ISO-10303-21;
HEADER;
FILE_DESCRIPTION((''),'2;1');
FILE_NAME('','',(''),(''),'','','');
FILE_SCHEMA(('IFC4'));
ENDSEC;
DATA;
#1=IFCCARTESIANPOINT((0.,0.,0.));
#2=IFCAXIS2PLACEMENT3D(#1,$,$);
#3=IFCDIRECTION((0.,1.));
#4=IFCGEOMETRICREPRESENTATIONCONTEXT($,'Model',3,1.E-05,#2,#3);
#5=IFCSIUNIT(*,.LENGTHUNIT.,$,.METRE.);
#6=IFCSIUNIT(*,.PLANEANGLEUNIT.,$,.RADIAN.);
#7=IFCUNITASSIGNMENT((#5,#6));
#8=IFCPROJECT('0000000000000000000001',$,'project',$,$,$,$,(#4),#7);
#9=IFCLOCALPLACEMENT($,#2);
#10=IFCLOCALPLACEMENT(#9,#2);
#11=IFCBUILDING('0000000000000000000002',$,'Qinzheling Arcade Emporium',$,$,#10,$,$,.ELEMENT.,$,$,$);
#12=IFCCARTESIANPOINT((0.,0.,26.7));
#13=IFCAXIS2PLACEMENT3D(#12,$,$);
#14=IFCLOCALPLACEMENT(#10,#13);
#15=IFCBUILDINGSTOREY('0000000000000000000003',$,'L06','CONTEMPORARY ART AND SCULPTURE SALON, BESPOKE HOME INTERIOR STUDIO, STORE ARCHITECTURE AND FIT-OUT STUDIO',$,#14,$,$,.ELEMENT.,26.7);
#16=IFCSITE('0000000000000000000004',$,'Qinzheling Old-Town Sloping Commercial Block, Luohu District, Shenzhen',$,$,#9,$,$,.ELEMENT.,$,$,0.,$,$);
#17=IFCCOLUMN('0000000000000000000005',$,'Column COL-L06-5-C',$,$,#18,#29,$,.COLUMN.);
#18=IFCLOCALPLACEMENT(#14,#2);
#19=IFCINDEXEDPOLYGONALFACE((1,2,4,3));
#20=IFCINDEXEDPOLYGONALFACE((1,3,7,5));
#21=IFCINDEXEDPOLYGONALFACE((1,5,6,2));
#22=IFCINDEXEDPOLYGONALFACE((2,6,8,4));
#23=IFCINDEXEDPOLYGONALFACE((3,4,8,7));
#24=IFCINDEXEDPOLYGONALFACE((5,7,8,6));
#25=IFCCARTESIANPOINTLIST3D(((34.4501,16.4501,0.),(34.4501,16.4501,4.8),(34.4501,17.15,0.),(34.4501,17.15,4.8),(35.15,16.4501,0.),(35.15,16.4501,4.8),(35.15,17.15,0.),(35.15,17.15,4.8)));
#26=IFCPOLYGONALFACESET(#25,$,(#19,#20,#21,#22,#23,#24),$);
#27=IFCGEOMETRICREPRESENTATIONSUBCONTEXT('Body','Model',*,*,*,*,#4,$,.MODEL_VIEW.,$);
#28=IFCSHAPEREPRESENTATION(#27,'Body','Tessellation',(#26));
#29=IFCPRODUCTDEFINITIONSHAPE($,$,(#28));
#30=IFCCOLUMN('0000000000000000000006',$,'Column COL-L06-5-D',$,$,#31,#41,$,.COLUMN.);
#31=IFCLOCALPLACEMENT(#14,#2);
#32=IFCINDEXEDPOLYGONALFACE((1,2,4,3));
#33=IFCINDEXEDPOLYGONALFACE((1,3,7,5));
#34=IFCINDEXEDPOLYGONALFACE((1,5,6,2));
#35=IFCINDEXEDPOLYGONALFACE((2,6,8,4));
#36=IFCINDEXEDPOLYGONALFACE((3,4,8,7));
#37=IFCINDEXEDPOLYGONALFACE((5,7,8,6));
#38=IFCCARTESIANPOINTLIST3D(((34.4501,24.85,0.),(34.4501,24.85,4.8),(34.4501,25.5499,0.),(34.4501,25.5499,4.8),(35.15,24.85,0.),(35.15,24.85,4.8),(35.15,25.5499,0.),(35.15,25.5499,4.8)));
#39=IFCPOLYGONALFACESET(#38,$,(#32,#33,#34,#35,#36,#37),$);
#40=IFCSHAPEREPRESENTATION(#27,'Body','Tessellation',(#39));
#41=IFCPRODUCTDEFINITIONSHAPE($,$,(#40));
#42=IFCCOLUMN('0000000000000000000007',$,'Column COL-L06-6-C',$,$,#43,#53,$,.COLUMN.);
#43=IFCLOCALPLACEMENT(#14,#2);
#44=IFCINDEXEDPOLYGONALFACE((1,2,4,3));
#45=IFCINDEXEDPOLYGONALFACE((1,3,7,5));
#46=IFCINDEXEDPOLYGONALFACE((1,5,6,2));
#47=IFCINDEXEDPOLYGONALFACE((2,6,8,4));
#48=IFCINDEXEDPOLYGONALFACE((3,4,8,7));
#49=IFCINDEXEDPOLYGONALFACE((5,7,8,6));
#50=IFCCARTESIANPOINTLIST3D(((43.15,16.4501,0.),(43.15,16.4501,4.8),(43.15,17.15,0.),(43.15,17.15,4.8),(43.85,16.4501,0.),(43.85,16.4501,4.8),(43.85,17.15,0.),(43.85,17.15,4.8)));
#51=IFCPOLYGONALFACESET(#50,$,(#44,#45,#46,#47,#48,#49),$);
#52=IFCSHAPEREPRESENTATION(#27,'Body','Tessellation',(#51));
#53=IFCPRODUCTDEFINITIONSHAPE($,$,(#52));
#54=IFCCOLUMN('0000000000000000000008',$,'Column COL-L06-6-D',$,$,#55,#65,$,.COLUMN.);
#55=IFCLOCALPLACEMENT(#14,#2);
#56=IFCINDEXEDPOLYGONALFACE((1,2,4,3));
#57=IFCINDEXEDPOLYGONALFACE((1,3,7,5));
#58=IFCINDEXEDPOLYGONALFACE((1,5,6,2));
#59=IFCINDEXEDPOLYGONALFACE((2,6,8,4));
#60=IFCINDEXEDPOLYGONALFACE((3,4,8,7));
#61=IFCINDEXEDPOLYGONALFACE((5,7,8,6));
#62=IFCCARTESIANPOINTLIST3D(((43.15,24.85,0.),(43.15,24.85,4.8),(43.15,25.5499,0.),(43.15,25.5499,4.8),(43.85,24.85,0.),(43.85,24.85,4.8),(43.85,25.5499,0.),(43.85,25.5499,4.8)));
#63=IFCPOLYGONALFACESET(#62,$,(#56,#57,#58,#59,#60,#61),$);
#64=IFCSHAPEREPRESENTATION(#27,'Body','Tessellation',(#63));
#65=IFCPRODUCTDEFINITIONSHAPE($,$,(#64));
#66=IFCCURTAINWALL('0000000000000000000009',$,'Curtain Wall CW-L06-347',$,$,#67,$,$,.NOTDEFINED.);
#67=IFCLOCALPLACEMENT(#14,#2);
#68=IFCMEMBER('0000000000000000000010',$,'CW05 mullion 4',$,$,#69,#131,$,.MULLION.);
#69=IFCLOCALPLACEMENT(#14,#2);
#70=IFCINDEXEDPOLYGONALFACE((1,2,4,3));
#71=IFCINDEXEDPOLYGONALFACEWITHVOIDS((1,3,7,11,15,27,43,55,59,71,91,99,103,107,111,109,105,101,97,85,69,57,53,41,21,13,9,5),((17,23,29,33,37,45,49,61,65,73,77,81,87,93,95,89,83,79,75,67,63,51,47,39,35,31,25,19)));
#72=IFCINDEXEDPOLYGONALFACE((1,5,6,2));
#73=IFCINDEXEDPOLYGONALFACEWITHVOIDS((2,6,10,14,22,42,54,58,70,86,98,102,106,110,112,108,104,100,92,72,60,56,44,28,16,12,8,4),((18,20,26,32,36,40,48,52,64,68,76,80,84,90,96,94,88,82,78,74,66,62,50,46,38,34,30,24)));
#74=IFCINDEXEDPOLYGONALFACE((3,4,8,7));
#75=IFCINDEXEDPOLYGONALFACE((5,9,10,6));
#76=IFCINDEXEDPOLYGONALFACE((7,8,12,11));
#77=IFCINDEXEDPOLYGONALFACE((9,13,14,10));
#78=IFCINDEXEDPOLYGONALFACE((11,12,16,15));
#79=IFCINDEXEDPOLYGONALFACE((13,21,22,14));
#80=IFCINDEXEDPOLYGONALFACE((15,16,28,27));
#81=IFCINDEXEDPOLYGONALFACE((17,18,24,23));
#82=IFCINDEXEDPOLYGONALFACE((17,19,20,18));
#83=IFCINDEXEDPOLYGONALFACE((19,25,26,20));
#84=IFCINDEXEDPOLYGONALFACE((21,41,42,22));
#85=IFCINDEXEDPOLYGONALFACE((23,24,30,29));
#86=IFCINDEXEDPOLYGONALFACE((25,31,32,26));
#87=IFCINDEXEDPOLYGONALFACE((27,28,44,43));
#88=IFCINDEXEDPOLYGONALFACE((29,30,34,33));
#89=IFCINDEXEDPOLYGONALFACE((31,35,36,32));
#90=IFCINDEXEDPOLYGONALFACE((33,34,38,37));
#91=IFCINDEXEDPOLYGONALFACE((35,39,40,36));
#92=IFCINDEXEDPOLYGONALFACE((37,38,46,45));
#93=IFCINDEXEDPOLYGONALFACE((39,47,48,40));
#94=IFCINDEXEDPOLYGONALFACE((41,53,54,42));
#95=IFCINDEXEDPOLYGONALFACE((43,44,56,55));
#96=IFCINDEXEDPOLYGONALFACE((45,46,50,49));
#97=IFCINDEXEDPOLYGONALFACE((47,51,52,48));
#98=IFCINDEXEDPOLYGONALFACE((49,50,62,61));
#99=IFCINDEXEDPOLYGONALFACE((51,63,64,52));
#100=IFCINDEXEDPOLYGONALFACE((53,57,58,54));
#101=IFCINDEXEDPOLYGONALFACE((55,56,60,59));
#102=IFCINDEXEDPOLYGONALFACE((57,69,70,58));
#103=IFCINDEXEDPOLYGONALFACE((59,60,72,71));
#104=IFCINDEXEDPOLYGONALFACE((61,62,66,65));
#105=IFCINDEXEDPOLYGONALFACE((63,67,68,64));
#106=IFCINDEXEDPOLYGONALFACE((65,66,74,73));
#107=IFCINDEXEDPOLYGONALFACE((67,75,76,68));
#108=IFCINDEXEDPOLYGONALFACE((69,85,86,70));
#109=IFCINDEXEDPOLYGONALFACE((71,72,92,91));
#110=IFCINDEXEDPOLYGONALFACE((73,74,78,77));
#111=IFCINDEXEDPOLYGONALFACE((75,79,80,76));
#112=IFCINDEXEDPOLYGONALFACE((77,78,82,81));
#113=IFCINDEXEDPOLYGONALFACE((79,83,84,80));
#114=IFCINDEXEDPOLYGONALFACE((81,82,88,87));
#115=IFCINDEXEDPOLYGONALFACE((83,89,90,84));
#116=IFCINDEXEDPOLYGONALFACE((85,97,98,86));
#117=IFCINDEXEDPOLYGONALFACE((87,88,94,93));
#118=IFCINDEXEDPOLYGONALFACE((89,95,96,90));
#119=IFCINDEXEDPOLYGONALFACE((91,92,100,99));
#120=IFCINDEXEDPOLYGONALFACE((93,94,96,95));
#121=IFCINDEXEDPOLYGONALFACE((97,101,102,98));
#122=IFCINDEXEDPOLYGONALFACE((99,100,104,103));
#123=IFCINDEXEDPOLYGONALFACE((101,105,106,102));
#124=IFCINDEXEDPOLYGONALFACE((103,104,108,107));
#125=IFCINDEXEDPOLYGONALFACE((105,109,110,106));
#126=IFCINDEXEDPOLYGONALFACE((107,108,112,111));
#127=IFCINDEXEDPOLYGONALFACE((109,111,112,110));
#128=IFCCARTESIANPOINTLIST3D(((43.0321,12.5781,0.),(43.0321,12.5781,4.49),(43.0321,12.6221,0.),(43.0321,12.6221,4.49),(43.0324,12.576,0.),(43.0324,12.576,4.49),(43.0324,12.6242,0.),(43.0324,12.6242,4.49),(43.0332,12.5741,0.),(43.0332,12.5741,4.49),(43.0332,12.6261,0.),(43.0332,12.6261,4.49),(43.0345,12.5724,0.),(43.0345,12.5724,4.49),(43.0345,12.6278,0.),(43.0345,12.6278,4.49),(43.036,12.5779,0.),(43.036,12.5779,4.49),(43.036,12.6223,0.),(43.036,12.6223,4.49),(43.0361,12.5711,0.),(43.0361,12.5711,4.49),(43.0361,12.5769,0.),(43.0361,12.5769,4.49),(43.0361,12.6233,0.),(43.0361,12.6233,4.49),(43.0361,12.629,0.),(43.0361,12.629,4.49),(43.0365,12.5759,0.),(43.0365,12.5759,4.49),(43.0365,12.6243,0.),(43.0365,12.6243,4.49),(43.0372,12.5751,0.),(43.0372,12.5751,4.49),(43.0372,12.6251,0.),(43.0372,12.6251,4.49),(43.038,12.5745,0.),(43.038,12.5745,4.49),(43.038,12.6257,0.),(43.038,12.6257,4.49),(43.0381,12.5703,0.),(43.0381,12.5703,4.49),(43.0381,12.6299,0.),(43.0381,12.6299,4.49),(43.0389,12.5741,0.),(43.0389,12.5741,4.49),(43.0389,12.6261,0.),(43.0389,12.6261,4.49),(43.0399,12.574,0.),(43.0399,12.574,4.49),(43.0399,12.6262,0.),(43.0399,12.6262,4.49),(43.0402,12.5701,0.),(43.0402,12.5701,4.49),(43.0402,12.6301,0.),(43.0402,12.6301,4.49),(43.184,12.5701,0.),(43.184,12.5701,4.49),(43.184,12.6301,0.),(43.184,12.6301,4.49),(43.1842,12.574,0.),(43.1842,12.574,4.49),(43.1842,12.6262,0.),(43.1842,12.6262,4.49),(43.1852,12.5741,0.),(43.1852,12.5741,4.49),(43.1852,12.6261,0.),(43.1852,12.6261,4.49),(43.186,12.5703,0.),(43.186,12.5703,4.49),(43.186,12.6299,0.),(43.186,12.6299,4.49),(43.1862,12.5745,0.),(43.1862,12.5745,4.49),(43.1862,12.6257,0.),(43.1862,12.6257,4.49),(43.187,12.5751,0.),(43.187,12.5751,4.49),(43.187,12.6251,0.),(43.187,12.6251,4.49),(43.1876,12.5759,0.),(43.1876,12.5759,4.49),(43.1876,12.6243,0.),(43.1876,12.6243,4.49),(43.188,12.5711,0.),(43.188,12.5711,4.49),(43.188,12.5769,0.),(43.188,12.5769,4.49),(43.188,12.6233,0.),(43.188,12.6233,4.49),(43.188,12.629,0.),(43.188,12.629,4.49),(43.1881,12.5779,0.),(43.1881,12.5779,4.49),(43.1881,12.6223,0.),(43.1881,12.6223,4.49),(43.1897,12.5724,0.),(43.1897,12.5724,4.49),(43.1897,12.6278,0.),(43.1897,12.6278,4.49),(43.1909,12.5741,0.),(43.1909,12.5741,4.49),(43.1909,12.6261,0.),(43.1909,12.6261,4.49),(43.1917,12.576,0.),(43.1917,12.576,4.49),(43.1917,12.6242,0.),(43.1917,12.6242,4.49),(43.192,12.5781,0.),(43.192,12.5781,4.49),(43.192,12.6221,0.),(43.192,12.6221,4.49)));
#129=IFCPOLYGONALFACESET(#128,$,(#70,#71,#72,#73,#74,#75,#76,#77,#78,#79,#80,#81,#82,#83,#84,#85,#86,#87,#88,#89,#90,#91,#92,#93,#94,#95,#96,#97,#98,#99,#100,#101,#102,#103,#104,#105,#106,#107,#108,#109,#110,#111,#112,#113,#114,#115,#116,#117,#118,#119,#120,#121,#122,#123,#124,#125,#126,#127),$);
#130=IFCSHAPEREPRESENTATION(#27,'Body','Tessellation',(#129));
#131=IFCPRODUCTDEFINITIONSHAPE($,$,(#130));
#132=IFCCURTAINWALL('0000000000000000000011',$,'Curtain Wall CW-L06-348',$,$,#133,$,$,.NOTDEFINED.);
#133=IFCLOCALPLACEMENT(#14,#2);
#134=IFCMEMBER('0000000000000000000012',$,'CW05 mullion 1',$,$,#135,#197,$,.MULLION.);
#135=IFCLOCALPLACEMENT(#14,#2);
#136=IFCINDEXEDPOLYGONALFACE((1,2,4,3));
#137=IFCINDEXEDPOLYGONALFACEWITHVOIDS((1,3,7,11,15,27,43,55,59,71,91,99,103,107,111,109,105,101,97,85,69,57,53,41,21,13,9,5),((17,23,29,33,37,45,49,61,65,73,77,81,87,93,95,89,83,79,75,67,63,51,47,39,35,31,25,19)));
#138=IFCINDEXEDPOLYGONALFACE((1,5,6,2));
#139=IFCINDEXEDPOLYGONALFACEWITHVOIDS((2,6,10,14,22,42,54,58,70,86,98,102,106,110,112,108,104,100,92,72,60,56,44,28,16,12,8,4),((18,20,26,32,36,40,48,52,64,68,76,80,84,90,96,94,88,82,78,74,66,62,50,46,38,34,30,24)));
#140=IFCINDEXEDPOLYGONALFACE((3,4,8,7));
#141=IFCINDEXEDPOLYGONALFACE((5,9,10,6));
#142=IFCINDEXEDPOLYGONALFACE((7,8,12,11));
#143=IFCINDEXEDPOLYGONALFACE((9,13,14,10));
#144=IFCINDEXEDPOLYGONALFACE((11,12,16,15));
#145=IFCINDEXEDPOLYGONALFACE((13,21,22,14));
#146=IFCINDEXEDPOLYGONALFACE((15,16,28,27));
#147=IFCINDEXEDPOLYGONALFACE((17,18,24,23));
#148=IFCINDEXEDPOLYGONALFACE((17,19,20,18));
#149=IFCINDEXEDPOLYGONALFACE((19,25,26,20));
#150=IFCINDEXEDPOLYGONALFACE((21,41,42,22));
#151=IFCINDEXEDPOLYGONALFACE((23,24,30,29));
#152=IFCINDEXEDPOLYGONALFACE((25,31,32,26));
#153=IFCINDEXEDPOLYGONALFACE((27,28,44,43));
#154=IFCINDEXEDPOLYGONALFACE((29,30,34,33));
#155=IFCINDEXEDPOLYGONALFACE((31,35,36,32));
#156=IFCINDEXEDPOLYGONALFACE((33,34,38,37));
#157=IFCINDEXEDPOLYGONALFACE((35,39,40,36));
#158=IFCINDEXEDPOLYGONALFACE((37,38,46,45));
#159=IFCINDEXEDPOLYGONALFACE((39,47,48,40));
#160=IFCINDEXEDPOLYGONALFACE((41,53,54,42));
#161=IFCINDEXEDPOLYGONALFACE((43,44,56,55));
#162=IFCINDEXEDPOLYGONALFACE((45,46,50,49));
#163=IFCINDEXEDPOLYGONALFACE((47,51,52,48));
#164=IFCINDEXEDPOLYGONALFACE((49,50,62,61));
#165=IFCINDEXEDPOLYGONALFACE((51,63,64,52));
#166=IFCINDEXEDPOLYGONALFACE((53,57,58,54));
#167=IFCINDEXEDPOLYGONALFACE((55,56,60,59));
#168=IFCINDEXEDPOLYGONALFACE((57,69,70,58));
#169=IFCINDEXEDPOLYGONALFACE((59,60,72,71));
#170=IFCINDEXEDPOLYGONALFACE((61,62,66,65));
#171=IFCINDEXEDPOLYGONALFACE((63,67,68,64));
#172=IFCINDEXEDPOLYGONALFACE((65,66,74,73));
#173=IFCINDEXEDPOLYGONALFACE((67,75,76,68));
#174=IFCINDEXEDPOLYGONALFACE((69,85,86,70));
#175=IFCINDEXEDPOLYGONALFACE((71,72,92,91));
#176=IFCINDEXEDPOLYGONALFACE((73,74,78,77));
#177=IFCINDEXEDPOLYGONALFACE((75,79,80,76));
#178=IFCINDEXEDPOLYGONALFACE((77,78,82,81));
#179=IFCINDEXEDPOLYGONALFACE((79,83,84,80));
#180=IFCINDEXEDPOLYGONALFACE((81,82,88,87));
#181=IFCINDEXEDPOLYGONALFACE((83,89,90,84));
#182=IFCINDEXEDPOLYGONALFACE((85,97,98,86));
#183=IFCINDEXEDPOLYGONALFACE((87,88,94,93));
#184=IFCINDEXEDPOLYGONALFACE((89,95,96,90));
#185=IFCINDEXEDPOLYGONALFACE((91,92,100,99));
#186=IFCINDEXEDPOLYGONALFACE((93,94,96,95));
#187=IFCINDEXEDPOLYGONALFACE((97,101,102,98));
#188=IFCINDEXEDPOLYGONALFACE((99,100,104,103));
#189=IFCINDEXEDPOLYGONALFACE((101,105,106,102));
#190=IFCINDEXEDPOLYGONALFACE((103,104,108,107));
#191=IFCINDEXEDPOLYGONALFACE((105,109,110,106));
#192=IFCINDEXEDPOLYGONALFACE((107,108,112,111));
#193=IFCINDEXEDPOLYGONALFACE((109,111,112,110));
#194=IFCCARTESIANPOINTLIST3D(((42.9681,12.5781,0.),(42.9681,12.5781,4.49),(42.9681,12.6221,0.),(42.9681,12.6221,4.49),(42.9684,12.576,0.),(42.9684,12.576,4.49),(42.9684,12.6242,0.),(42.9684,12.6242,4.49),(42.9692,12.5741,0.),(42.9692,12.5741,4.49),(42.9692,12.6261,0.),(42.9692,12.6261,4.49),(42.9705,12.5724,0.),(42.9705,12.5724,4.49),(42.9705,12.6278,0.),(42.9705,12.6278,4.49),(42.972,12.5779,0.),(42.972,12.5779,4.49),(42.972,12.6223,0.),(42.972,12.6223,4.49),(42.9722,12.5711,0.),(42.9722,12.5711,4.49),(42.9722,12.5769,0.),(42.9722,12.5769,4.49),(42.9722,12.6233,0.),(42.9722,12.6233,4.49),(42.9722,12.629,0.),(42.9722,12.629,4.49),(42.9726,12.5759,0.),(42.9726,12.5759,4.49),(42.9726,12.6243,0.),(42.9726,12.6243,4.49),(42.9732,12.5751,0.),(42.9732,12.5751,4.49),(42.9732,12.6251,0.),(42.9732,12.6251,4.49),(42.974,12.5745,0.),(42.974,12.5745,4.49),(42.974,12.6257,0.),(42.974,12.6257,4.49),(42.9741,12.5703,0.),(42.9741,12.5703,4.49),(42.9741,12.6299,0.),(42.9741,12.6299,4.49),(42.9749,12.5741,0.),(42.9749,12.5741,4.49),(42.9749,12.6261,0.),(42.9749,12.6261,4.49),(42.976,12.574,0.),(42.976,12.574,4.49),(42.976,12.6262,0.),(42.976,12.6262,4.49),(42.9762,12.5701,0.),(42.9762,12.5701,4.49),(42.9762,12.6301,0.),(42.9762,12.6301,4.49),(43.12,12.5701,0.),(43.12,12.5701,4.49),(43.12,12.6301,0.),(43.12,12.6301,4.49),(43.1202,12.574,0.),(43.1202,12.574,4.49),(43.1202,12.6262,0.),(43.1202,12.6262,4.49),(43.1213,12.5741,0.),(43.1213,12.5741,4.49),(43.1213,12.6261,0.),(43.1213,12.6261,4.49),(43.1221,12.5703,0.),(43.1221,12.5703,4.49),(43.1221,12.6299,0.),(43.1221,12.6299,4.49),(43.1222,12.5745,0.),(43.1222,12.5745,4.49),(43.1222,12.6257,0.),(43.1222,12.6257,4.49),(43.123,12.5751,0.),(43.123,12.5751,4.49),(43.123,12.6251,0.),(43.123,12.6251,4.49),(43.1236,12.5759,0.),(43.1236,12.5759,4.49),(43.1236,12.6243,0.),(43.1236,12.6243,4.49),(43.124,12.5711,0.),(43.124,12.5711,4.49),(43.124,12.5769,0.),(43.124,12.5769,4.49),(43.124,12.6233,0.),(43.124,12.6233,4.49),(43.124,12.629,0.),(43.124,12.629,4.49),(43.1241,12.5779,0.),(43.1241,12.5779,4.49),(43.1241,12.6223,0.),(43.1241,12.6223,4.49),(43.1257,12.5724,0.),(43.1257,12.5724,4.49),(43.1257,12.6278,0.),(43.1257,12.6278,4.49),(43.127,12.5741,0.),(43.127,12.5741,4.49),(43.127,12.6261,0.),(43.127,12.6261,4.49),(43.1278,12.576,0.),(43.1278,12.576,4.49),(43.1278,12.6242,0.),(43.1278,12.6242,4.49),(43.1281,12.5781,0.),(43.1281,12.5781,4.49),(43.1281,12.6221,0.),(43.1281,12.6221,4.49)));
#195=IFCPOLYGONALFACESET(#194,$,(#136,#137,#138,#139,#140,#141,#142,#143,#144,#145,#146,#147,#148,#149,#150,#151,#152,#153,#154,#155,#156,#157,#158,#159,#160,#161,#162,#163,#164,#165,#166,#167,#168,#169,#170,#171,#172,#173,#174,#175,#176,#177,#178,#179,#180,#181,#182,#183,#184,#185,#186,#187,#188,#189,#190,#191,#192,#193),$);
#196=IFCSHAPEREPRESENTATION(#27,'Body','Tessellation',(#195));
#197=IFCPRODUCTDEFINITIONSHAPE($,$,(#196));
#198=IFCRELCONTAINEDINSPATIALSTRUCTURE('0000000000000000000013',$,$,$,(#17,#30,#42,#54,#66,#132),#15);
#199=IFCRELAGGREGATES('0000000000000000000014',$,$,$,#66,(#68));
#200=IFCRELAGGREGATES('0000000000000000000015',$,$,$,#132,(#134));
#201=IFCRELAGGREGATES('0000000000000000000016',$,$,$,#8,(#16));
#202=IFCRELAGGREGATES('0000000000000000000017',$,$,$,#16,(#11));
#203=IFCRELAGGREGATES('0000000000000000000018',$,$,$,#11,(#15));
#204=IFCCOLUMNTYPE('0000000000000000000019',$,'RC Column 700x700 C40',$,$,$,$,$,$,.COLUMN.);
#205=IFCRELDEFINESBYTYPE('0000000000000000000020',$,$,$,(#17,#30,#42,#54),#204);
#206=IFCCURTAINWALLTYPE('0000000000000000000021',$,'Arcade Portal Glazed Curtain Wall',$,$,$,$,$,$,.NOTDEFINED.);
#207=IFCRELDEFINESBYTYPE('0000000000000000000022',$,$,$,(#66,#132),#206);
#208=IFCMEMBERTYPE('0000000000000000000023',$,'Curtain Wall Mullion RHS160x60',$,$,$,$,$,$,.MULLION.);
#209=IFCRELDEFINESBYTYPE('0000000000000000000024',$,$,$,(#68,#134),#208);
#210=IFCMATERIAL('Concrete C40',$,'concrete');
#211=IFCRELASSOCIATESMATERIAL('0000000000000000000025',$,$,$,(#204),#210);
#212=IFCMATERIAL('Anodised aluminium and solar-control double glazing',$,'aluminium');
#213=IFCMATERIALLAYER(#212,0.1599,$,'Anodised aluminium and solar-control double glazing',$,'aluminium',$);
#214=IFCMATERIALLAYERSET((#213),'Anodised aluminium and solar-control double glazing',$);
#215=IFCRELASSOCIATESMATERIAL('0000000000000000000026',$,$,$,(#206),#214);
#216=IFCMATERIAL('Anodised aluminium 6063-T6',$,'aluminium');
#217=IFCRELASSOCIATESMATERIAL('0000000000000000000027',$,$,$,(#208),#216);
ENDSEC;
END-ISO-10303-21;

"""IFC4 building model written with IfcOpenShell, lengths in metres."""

from ifc_helpers import new_model, si_unit, direction, frame, origin, origin_2d, place, context, subcontext, project, spatial, rectangle, hollow_rectangle, extrude, material, layer, layer_set, material_profile, profile_set, type_object, element, aggregate, save


model = new_model("IFC4")

# Units and contexts
model_context = context("Model", 3, precision=1e-05, world=origin(), true_north=direction((0.0, 1.0)))
body_context = subcontext(model_context, "Body", "Model", "MODEL_VIEW")
ifc_project = project(units=[si_unit("LENGTHUNIT", "METRE"), si_unit("PLANEANGLEUNIT", "RADIAN")], contexts=[model_context])

# Site, building, storey
site_placement = place(None, origin())
site = spatial("IfcSite", under=ifc_project, at=site_placement, Name="Qinzheling Old-Town Sloping Commercial Block, Luohu District, Shenzhen", CompositionType="ELEMENT", RefElevation=0.0)
building_placement = place(site_placement, origin())
building = spatial("IfcBuilding", under=site, at=building_placement, Name="Qinzheling Arcade Emporium", CompositionType="ELEMENT")
storey_placement = place(building_placement, frame((0.0, 0.0, 26.7)))
storey = spatial("IfcBuildingStorey", under=building, at=storey_placement, Name="L06", Description="CONTEMPORARY ART AND SCULPTURE SALON, BESPOKE HOME INTERIOR STUDIO, STORE ARCHITECTURE AND FIT-OUT STUDIO", CompositionType="ELEMENT", Elevation=26.7)

# Columns
ifc_material_1 = material(Name="Concrete C40", Category="concrete")
ifc_material_profile_1 = material_profile(ifc_material_1, rectangle(XDim=0.7, YDim=0.7, at=origin_2d()), Name="RC 700x700", Category="concrete")
ifc_profile_set_1 = profile_set([ifc_material_profile_1], Name="Concrete C40")
column_type = type_object("IfcColumnType", Name="RC Column 700x700 C40", PredefinedType="COLUMN", material=ifc_profile_set_1)
for number, where, z_axis, x_axis, name in (
    (1, (34.8, 16.8, 0.0), (0.0, 0.0, 1.0), (1.0, 0.0, 0.0), "Column COL-L06-5-C"),
    (2, (34.8, 25.2, 0.0), (0.0, 0.0, 1.0), (1.0, 0.0, 0.0), "Column COL-L06-5-D"),
    (3, (43.5, 16.8, 0.0), (0.0, 0.0, 1.0), (1.0, 0.0, 0.0), "Column COL-L06-6-C"),
    (4, (43.5, 25.2, 0.0), (0.0, 0.0, 1.0), (1.0, 0.0, 0.0), "Column COL-L06-6-D"),
):
    element("IfcColumn", number, at=place(storey_placement, frame(where, z_axis=z_axis, x_axis=x_axis)), inside=storey, type_object=column_type, Name=name, PredefinedType="COLUMN", context=body_context, shape_type="SweptSolid", body=[
        extrude(rectangle(XDim=0.7, YDim=0.7, at=origin_2d()), origin(), (0.0, 0.0, 1.0), 4.8),
    ])

# Curtain wall, member
ifc_material_2 = material(Name="Anodised aluminium and solar-control double glazing", Category="aluminium")
ifc_layer_1 = layer(ifc_material_2, 0.1599, Name="Anodised aluminium and solar-control double glazing", Category="aluminium")
ifc_layer_set_1 = layer_set([ifc_layer_1], Name="Anodised aluminium and solar-control double glazing")
curtain_wall_type = type_object("IfcCurtainWallType", Name="Arcade Portal Glazed Curtain Wall", PredefinedType="NOTDEFINED", material=ifc_layer_set_1)
curtain_wall_1_placement = place(storey_placement, origin())
curtain_wall_1 = element("IfcCurtainWall", 5, at=curtain_wall_1_placement, inside=storey, type_object=curtain_wall_type, Name="Curtain Wall CW-L06-347", PredefinedType="NOTDEFINED")
ifc_material_3 = material(Name="Anodised aluminium 6063-T6", Category="aluminium")
ifc_material_profile_2 = material_profile(ifc_material_3, hollow_rectangle(XDim=0.0601, YDim=0.1599, WallThickness=0.0039, InnerFilletRadius=0.0039, OuterFilletRadius=0.0081, at=origin_2d()), Name="RHS 160x60x4", Category="aluminium")
ifc_profile_set_2 = profile_set([ifc_material_profile_2], Name="Anodised aluminium 6063-T6")
member_type_1 = type_object("IfcMemberType", Name="Curtain Wall Mullion RHS160x60", PredefinedType="MULLION", material=ifc_profile_set_2)
member_1_placement = place(storey_placement, frame((43.1121, 12.6001, 0.0), z_axis=(0.0, 0.0, 1.0), x_axis=(0.0, -1.0, 0.0)))
member_1 = element("IfcMember", 6, at=member_1_placement, type_object=member_type_1, Name="CW05 mullion 4", PredefinedType="MULLION", context=body_context, shape_type="SweptSolid", body=[
    extrude(hollow_rectangle(XDim=0.0601, YDim=0.1599, WallThickness=0.0039, InnerFilletRadius=0.0039, OuterFilletRadius=0.0081, at=origin_2d()), origin(), (0.0, 0.0, 1.0), 4.49),
])
aggregate(curtain_wall_1, [member_1])

# Curtain wall, member
curtain_wall_2_placement = place(storey_placement, origin())
curtain_wall_2 = element("IfcCurtainWall", 7, at=curtain_wall_2_placement, inside=storey, type_object=curtain_wall_type, Name="Curtain Wall CW-L06-348", PredefinedType="NOTDEFINED")
member_2_placement = place(storey_placement, frame((43.0481, 12.6001, 0.0), z_axis=(0.0, 0.0, 1.0), x_axis=(0.0, -1.0, 0.0)))
member_2 = element("IfcMember", 8, at=member_2_placement, type_object=member_type_1, Name="CW05 mullion 1", PredefinedType="MULLION", context=body_context, shape_type="SweptSolid", body=[
    extrude(hollow_rectangle(XDim=0.0601, YDim=0.1599, WallThickness=0.0039, InnerFilletRadius=0.0039, OuterFilletRadius=0.0081, at=origin_2d()), origin(), (0.0, 0.0, 1.0), 4.49),
])

aggregate(curtain_wall_2, [member_2])

save(model, "model.ifc")
